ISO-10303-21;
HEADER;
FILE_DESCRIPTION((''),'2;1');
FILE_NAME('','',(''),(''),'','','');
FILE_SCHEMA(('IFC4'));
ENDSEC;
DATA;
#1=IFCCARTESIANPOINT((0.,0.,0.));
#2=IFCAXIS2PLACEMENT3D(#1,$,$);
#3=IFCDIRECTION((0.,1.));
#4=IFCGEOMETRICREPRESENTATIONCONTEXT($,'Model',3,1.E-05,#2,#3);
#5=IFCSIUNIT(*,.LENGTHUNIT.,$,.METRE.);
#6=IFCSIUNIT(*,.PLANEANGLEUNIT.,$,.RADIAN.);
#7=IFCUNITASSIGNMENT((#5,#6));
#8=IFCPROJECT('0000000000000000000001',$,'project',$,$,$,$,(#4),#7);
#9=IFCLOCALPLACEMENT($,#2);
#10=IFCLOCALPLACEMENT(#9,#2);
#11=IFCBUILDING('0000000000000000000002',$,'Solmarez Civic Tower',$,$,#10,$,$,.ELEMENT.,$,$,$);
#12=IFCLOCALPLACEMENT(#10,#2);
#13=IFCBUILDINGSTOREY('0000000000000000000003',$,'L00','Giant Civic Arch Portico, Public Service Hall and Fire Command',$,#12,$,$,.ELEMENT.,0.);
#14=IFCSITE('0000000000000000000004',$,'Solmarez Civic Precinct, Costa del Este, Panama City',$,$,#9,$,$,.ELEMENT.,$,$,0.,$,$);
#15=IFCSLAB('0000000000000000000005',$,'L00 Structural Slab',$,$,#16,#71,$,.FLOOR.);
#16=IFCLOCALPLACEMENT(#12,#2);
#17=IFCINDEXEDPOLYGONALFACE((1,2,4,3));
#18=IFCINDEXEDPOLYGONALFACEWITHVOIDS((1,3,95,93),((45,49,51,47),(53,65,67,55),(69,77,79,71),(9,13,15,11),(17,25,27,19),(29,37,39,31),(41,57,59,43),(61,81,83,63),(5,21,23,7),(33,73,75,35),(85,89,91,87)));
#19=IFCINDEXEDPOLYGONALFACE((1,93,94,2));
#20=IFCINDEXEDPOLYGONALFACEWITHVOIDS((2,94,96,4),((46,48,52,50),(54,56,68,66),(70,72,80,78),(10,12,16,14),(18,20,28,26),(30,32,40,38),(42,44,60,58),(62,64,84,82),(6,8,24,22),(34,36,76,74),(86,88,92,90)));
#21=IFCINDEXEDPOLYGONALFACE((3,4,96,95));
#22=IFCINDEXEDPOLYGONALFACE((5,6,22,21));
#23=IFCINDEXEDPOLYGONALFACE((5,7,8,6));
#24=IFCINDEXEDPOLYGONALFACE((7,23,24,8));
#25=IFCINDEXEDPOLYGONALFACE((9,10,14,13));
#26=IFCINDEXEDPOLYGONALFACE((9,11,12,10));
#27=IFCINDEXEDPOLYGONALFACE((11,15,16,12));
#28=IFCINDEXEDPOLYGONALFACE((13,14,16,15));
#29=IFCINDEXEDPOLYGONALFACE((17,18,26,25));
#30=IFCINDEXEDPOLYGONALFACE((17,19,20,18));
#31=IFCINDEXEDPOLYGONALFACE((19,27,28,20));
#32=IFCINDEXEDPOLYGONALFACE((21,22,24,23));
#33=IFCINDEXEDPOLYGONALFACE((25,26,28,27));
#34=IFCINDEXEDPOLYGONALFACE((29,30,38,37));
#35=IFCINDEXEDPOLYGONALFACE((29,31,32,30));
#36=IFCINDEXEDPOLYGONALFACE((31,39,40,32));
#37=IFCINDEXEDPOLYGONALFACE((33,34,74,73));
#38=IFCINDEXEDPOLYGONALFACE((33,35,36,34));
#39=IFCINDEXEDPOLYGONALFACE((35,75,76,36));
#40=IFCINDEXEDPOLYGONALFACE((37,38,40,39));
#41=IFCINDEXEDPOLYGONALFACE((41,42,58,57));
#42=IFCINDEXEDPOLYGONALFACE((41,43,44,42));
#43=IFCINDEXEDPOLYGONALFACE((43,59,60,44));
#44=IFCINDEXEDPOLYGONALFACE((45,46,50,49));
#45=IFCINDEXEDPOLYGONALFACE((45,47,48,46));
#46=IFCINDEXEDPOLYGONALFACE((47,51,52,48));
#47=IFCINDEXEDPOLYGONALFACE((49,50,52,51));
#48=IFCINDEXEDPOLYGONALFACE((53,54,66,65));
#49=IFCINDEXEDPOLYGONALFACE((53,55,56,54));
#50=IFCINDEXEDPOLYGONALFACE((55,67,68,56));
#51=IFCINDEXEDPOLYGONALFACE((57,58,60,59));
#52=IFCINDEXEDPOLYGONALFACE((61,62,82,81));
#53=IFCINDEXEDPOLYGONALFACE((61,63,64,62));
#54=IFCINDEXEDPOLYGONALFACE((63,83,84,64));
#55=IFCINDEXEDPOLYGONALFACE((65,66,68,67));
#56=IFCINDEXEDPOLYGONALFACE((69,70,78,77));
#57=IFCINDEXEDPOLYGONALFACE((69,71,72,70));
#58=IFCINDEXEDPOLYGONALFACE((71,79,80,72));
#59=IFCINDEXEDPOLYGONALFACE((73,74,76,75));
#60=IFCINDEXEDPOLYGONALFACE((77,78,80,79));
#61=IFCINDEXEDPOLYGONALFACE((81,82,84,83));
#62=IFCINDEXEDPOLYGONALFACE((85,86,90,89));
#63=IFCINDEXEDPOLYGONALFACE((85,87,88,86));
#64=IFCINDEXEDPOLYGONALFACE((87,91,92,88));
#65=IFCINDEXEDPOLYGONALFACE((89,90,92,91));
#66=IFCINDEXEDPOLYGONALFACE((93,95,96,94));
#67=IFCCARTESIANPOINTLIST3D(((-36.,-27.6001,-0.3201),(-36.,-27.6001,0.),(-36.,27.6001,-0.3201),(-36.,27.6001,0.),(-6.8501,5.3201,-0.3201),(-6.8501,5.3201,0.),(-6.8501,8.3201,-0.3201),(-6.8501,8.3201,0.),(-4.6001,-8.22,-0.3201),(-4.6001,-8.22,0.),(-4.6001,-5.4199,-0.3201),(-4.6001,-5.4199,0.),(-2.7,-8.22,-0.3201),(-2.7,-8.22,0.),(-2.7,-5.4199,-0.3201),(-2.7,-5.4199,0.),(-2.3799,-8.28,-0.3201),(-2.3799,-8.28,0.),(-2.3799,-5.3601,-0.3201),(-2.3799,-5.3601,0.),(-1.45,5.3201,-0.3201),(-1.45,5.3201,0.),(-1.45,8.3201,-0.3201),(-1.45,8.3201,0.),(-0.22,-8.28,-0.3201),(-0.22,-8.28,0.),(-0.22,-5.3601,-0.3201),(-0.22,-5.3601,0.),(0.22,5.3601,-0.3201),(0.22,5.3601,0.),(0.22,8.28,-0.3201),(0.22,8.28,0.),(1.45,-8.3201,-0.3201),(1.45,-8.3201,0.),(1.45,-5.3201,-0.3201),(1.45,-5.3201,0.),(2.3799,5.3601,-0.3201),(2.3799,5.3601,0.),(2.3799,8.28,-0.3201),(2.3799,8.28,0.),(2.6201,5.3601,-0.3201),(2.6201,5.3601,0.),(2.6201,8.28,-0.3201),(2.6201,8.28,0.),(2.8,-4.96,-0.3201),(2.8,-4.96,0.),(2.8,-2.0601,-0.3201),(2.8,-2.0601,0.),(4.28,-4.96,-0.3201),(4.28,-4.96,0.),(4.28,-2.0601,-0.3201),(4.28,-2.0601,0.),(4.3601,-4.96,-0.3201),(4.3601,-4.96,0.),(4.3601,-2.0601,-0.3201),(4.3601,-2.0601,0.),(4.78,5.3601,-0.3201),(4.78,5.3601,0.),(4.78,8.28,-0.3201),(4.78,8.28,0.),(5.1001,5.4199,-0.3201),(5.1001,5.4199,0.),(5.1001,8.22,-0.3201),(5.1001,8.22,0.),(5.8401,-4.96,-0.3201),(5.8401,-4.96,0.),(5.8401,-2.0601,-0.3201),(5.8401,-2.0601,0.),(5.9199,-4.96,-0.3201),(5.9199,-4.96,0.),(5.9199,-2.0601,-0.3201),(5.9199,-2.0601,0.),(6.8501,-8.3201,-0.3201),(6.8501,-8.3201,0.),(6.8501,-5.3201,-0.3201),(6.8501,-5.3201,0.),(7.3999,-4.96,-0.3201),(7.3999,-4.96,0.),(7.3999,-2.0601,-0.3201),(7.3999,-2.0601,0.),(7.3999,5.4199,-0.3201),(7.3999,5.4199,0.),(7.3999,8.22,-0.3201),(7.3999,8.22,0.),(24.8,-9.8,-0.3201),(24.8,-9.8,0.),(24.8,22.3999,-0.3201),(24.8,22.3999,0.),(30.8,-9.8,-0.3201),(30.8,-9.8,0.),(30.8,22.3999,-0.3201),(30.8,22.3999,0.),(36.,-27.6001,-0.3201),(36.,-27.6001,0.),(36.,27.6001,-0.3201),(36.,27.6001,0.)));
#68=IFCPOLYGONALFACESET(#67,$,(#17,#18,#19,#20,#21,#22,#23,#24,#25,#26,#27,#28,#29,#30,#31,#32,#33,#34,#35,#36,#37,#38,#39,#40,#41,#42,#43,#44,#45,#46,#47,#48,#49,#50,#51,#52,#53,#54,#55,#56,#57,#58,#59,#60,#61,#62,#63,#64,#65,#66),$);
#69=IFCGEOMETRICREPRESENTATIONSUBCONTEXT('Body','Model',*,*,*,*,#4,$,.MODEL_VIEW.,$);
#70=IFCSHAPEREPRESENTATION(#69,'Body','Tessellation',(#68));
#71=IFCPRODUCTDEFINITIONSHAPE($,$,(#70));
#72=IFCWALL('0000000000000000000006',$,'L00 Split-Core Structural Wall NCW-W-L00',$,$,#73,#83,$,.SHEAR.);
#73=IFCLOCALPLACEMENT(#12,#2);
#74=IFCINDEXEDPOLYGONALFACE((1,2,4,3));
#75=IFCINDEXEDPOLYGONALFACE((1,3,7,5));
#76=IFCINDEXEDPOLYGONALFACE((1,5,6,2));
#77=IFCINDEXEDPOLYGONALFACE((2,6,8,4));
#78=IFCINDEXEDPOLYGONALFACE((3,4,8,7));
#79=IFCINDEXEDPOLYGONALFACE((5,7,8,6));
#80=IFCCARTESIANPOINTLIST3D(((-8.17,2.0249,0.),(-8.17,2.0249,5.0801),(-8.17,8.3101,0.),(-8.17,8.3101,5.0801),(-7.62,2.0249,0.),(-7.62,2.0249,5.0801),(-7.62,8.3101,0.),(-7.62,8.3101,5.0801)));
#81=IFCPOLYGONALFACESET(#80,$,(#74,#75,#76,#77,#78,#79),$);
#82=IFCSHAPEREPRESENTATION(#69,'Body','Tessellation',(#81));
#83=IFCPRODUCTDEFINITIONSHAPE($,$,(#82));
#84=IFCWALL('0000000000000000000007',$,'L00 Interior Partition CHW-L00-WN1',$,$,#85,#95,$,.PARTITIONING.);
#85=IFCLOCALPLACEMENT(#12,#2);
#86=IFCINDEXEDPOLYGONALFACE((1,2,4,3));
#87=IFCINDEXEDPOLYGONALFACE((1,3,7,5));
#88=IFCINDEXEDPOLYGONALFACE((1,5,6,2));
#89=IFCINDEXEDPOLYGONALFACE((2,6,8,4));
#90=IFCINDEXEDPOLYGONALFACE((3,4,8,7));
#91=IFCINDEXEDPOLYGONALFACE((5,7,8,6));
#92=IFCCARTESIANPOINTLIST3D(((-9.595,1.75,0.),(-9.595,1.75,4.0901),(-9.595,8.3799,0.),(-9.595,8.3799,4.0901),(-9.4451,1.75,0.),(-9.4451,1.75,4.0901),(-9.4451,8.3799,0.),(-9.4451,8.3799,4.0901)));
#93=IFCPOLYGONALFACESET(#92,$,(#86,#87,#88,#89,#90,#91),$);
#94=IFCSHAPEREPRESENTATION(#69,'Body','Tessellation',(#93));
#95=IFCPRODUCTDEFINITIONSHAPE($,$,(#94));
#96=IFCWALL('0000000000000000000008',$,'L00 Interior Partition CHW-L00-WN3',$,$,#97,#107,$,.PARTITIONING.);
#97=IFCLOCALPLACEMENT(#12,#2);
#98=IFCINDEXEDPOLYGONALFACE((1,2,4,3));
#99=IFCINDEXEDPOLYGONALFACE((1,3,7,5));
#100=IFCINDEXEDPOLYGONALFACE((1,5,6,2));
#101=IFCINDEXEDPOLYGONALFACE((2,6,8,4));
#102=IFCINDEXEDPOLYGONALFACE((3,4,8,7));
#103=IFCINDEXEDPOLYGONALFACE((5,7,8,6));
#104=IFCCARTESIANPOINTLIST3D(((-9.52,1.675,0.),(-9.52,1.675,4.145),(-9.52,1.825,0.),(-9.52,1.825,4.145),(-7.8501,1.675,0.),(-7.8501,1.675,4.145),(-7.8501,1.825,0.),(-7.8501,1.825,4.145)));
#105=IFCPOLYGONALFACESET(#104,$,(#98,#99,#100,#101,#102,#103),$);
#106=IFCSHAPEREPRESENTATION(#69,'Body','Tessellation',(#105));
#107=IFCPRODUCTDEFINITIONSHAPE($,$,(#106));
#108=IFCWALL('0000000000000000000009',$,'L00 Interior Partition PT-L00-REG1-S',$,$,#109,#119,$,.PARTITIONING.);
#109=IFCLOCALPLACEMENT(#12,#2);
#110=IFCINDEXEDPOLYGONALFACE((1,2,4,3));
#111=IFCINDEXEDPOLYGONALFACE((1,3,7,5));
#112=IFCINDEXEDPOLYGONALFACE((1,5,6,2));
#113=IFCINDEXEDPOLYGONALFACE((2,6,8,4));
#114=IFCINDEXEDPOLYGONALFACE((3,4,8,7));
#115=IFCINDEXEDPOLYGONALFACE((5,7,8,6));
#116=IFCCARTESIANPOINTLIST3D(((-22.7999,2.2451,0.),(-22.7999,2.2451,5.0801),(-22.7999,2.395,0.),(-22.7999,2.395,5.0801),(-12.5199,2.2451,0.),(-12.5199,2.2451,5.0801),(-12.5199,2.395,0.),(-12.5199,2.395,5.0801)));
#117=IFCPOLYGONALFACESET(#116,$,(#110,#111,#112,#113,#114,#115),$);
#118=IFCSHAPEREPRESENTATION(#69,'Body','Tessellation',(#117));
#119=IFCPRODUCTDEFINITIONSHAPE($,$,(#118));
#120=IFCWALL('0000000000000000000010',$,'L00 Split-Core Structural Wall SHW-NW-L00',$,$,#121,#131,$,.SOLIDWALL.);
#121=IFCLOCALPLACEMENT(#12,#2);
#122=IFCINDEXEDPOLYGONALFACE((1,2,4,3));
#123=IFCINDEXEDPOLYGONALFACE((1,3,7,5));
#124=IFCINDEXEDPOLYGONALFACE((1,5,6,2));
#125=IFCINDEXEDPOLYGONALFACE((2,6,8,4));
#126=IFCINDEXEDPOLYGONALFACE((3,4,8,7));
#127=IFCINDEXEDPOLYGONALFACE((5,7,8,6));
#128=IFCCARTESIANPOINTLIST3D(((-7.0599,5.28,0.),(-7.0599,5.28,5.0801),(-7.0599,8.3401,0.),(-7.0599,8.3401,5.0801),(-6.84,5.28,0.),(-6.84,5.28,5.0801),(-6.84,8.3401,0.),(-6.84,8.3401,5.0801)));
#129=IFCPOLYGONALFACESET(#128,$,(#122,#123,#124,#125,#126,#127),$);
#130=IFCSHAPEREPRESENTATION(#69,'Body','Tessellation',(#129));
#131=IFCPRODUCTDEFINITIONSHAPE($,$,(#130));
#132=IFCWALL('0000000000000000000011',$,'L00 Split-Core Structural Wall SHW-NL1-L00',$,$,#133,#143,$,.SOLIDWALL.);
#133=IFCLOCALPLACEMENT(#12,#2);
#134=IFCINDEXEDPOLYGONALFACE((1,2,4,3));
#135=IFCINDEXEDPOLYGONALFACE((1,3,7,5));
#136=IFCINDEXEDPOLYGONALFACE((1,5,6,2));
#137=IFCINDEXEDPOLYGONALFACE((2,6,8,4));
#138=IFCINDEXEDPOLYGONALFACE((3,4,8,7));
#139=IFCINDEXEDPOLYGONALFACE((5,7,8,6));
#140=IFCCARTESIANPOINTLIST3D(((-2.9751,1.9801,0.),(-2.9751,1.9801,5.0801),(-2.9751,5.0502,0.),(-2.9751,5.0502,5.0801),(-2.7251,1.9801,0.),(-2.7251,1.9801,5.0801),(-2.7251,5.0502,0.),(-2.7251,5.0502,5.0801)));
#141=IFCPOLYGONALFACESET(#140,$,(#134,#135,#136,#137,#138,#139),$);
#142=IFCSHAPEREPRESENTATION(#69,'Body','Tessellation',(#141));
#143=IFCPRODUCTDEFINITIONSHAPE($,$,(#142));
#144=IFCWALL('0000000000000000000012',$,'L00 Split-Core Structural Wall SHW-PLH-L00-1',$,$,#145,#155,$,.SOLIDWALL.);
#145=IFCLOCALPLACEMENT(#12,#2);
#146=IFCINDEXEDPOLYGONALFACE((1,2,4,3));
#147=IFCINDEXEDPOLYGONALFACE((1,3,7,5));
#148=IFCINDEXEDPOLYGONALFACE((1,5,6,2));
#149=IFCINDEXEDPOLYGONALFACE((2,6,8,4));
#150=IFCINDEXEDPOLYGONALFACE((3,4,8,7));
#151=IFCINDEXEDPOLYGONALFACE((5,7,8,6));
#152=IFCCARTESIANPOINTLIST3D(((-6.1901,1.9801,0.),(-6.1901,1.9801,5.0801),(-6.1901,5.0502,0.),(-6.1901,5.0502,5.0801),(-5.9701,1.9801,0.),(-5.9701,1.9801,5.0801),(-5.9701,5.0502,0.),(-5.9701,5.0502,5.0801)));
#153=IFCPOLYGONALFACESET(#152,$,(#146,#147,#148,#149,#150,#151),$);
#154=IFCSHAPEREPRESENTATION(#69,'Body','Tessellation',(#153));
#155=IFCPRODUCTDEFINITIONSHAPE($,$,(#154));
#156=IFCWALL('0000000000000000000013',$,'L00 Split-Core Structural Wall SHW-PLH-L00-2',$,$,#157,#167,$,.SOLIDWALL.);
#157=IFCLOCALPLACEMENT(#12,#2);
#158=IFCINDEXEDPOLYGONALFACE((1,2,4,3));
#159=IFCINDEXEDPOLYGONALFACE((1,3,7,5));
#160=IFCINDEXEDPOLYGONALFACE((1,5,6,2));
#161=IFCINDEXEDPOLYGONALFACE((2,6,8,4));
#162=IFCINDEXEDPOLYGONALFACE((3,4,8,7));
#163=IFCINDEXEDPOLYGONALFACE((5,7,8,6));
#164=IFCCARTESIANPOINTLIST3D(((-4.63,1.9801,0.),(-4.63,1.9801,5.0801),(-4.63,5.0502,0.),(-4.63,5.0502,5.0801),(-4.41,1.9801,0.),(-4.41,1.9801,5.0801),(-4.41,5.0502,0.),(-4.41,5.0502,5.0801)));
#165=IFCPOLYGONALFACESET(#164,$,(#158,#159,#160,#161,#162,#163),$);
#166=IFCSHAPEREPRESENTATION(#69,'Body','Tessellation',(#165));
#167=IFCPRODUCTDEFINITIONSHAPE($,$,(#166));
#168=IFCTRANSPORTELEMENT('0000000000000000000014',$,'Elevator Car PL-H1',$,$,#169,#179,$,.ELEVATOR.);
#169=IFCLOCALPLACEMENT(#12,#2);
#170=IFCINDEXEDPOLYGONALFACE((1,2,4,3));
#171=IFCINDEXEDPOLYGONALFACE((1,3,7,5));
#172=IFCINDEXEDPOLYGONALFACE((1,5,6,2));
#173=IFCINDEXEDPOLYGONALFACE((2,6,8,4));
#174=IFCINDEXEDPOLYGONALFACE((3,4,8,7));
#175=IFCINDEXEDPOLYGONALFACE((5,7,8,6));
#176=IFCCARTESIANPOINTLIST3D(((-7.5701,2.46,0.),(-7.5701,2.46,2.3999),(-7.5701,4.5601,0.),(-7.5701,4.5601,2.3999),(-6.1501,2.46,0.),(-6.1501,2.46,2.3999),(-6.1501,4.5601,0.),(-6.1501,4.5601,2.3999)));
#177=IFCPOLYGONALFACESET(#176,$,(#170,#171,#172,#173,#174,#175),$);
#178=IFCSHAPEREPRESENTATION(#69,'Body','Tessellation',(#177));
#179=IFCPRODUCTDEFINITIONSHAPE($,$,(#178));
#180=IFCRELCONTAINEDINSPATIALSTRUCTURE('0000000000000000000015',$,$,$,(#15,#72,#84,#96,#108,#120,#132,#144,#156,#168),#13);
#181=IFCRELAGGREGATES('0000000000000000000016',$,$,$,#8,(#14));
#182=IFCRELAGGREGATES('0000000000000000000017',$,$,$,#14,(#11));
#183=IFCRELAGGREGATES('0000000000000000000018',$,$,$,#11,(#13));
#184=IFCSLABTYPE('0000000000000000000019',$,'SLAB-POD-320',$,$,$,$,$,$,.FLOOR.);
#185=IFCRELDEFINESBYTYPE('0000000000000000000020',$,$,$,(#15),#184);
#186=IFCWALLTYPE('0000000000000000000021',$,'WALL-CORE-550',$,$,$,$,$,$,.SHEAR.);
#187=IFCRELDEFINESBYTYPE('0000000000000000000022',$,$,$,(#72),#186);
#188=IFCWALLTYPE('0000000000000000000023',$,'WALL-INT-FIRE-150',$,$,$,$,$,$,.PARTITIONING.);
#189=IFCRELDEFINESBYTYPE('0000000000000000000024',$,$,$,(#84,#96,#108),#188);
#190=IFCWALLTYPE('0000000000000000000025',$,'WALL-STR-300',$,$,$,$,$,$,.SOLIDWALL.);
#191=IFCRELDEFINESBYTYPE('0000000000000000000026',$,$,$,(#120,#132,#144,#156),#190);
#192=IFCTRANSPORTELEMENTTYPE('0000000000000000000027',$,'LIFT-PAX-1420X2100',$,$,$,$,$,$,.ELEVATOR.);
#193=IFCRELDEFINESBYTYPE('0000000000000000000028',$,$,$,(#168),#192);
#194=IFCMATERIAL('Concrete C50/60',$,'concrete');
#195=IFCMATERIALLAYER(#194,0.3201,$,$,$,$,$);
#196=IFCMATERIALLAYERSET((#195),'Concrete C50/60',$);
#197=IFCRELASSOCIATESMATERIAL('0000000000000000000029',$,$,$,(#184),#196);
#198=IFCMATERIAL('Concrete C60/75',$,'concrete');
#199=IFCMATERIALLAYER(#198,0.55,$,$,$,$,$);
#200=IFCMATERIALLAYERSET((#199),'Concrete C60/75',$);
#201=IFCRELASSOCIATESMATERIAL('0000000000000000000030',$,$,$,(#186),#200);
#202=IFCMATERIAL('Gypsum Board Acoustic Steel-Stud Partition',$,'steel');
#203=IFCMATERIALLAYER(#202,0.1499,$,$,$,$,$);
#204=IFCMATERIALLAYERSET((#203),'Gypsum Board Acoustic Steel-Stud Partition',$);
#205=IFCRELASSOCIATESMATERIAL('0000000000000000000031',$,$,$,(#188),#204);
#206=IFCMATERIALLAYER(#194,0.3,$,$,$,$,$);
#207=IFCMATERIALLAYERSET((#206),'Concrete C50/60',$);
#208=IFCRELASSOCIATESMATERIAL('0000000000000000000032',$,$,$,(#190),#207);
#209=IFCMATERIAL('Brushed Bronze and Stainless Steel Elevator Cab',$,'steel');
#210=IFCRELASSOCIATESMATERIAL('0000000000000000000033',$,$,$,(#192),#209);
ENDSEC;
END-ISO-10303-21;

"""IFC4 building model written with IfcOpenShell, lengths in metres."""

from ifc_helpers import new_model, si_unit, direction, frame, frame_2d, origin, origin_2d, place, context, subcontext, project, spatial, polyline, rectangle, outline, extrude, material, layer, layer_set, type_object, element, save


model = new_model("IFC4")

# Units and contexts
model_context = context("Model", 3, precision=1e-05, world=origin(), true_north=direction((0.0, 1.0)))
body_context = subcontext(model_context, "Body", "Model", "MODEL_VIEW")
ifc_project = project(units=[si_unit("LENGTHUNIT", "METRE"), si_unit("PLANEANGLEUNIT", "RADIAN")], contexts=[model_context])

# Site, building, storey
site_placement = place(None, origin())
site = spatial("IfcSite", under=ifc_project, at=site_placement, Name="Solmarez Civic Precinct, Costa del Este, Panama City", CompositionType="ELEMENT", RefElevation=0.0)
building_placement = place(site_placement, origin())
building = spatial("IfcBuilding", under=site, at=building_placement, Name="Solmarez Civic Tower", CompositionType="ELEMENT")
storey_placement = place(building_placement, origin())
storey = spatial("IfcBuildingStorey", under=building, at=storey_placement, Name="L00", Description="Giant Civic Arch Portico, Public Service Hall and Fire Command", CompositionType="ELEMENT", Elevation=0.0)

# Shared definitions
ifc_material_1 = material(Name="Concrete C60/75", Category="concrete")

# Shared definitions
ifc_material_2 = material(Name="Concrete C50/60", Category="concrete")

# Slab
ifc_layer_1 = layer(ifc_material_2, 0.3201)
ifc_layer_set_1 = layer_set([ifc_layer_1], Name="Concrete C50/60")
slab_type_1 = type_object("IfcSlabType", Name="SLAB-POD-320", PredefinedType="FLOOR", material=ifc_layer_set_1)
slab_1_placement = place(storey_placement, frame((0.0, 0.0, -0.3201)))
element("IfcSlab", 1, at=slab_1_placement, inside=storey, type_object=slab_type_1, Name="L00 Structural Slab", PredefinedType="FLOOR", context=body_context, shape_type="SweptSolid", body=[
    extrude(outline(polyline([(36.0, -27.6001), (36.0, 27.6001), (-36.0, 27.6001), (-36.0, -27.6001), (36.0, -27.6001)]), holes=[polyline([(-1.45, 8.3201), (-6.8501, 8.3201), (-6.8501, 5.3201), (-1.45, 5.3201), (-1.45, 8.3201)]), polyline([(1.45, -8.3201), (6.8501, -8.3201), (6.8501, -5.3201), (1.45, -5.3201), (1.45, -8.3201)]), polyline([(0.22, 5.3601), (2.3799, 5.3601), (2.3799, 8.28), (0.22, 8.28), (0.22, 5.3601)]), polyline([(2.6201, 5.3601), (4.78, 5.3601), (4.78, 8.28), (2.6201, 8.28), (2.6201, 5.3601)]), polyline([(-2.3799, -8.28), (-0.22, -8.28), (-0.22, -5.3601), (-2.3799, -5.3601), (-2.3799, -8.28)]), polyline([(2.8, -4.96), (4.28, -4.96), (4.28, -2.0601), (2.8, -2.0601), (2.8, -4.96)]), polyline([(4.3601, -4.96), (5.8401, -4.96), (5.8401, -2.0601), (4.3601, -2.0601), (4.3601, -4.96)]), polyline([(5.9199, -4.96), (7.3999, -4.96), (7.3999, -2.0601), (5.9199, -2.0601), (5.9199, -4.96)]), polyline([(5.1001, 5.4199), (7.3999, 5.4199), (7.3999, 8.22), (5.1001, 8.22), (5.1001, 5.4199)]), polyline([(-4.6001, -8.22), (-2.7, -8.22), (-2.7, -5.4199), (-4.6001, -5.4199), (-4.6001, -8.22)]), polyline([(24.8, -9.8), (30.8, -9.8), (30.8, 22.3999), (24.8, 22.3999), (24.8, -9.8)])]), origin(), (0.0, 0.0, 1.0), 0.3201),
])

# Walls
ifc_layer_2 = layer(ifc_material_1, 0.55)
ifc_layer_set_2 = layer_set([ifc_layer_2], Name="Concrete C60/75")
wall_type_1 = type_object("IfcWallType", Name="WALL-CORE-550", PredefinedType="SHEAR", material=ifc_layer_set_2)
wall_1_placement = place(storey_placement, frame((-7.895, 2.0249, 0.0), z_axis=(0.0, 0.0, 1.0), x_axis=(0.0, 1.0, 0.0)))
element("IfcWall", 2, at=wall_1_placement, inside=storey, type_object=wall_type_1, Name="L00 Split-Core Structural Wall NCW-W-L00", PredefinedType="SHEAR", context=body_context, shape_type="SweptSolid", body=[
    extrude(rectangle(XDim=6.2852, YDim=0.55, at=frame_2d((3.1426, 0.0))), origin(), (0.0, 0.0, 1.0), 5.0801),
])
ifc_material_3 = material(Name="Gypsum Board Acoustic Steel-Stud Partition", Category="steel")
ifc_layer_3 = layer(ifc_material_3, 0.1499)
ifc_layer_set_3 = layer_set([ifc_layer_3], Name="Gypsum Board Acoustic Steel-Stud Partition")
wall_type_2 = type_object("IfcWallType", Name="WALL-INT-FIRE-150", PredefinedType="PARTITIONING", material=ifc_layer_set_3)
wall_2_placement = place(storey_placement, frame((-9.52, 1.75, 0.0), z_axis=(0.0, 0.0, 1.0), x_axis=(0.0, 1.0, 0.0)))
element("IfcWall", 3, at=wall_2_placement, inside=storey, type_object=wall_type_2, Name="L00 Interior Partition CHW-L00-WN1", PredefinedType="PARTITIONING", context=body_context, shape_type="SweptSolid", body=[
    extrude(rectangle(XDim=6.6299, YDim=0.1499, at=frame_2d((3.3149, 0.0))), origin(), (0.0, 0.0, 1.0), 4.0901),
])
wall_3_placement = place(storey_placement, frame((-7.8501, 1.75, 0.0), z_axis=(0.0, 0.0, 1.0), x_axis=(-1.0, 0.0, 0.0)))
element("IfcWall", 4, at=wall_3_placement, inside=storey, type_object=wall_type_2, Name="L00 Interior Partition CHW-L00-WN3", PredefinedType="PARTITIONING", context=body_context, shape_type="SweptSolid", body=[
    extrude(rectangle(XDim=1.6699, YDim=0.1499, at=frame_2d((0.835, 0.0))), origin(), (0.0, 0.0, 1.0), 4.145),
])
wall_4_placement = place(storey_placement, frame((-22.8, 2.3201, 0.0), z_axis=(0.0, 0.0, 1.0), x_axis=(1.0, 0.0, 0.0)))
element("IfcWall", 5, at=wall_4_placement, inside=storey, type_object=wall_type_2, Name="L00 Interior Partition PT-L00-REG1-S", PredefinedType="PARTITIONING", context=body_context, shape_type="SweptSolid", body=[
    extrude(rectangle(XDim=10.28, YDim=0.1499, at=frame_2d((5.1401, 0.0))), origin(), (0.0, 0.0, 1.0), 5.0801),
])
ifc_layer_4 = layer(ifc_material_2, 0.3)
ifc_layer_set_4 = layer_set([ifc_layer_4], Name="Concrete C50/60")
wall_type_3 = type_object("IfcWallType", Name="WALL-STR-300", PredefinedType="SOLIDWALL", material=ifc_layer_set_4)
wall_5_placement = place(storey_placement, frame((-6.95, 5.28, 0.0), z_axis=(0.0, 0.0, 1.0), x_axis=(0.0, 1.0, 0.0)))
element("IfcWall", 6, at=wall_5_placement, inside=storey, type_object=wall_type_3, Name="L00 Split-Core Structural Wall SHW-NW-L00", PredefinedType="SOLIDWALL", context=body_context, shape_type="SweptSolid", body=[
    extrude(rectangle(XDim=3.0601, YDim=0.22, at=frame_2d((1.53, 0.0))), origin(), (0.0, 0.0, 1.0), 5.0801),
])
wall_6_placement = place(storey_placement, frame((-2.8501, 1.98, 0.0), z_axis=(0.0, 0.0, 1.0), x_axis=(0.0, 1.0, 0.0)))
element("IfcWall", 7, at=wall_6_placement, inside=storey, type_object=wall_type_3, Name="L00 Split-Core Structural Wall SHW-NL1-L00", PredefinedType="SOLIDWALL", context=body_context, shape_type="SweptSolid", body=[
    extrude(rectangle(XDim=3.0701, YDim=0.25, at=frame_2d((1.5352, 0.0))), origin(), (0.0, 0.0, 1.0), 5.0801),
])
for number, where, z_axis, x_axis, name in (
    (8, (-6.0801, 1.98, 0.0), (0.0, 0.0, 1.0), (0.0, 1.0, 0.0), "L00 Split-Core Structural Wall SHW-PLH-L00-1"),
    (9, (-4.52, 1.98, 0.0), (0.0, 0.0, 1.0), (0.0, 1.0, 0.0), "L00 Split-Core Structural Wall SHW-PLH-L00-2"),
):
    element("IfcWall", number, at=place(storey_placement, frame(where, z_axis=z_axis, x_axis=x_axis)), inside=storey, type_object=wall_type_3, Name=name, PredefinedType="SOLIDWALL", context=body_context, shape_type="SweptSolid", body=[
        extrude(rectangle(XDim=3.0701, YDim=0.22, at=frame_2d((1.5352, 0.0))), origin(), (0.0, 0.0, 1.0), 5.0801),
    ])

# Transport element
ifc_material_4 = material(Name="Brushed Bronze and Stainless Steel Elevator Cab", Category="steel")
transport_element_type = type_object("IfcTransportElementType", Name="LIFT-PAX-1420X2100", PredefinedType="ELEVATOR", material=ifc_material_4)
for number, where, z_axis, x_axis, name in (
    (10, (-6.8601, 3.51, 0.0), (0.0, 0.0, 1.0), (1.0, 0.0, 0.0), "Elevator Car PL-H1"),
):
    element("IfcTransportElement", number, at=place(storey_placement, frame(where, z_axis=z_axis, x_axis=x_axis)), inside=storey, type_object=transport_element_type, Name=name, PredefinedType="ELEVATOR", context=body_context, shape_type="SweptSolid", body=[
        extrude(rectangle(XDim=1.4199, YDim=2.1001, at=origin_2d()), origin(), (0.0, 0.0, 1.0), 2.3999),
    ])

save(model, "model.ifc")
